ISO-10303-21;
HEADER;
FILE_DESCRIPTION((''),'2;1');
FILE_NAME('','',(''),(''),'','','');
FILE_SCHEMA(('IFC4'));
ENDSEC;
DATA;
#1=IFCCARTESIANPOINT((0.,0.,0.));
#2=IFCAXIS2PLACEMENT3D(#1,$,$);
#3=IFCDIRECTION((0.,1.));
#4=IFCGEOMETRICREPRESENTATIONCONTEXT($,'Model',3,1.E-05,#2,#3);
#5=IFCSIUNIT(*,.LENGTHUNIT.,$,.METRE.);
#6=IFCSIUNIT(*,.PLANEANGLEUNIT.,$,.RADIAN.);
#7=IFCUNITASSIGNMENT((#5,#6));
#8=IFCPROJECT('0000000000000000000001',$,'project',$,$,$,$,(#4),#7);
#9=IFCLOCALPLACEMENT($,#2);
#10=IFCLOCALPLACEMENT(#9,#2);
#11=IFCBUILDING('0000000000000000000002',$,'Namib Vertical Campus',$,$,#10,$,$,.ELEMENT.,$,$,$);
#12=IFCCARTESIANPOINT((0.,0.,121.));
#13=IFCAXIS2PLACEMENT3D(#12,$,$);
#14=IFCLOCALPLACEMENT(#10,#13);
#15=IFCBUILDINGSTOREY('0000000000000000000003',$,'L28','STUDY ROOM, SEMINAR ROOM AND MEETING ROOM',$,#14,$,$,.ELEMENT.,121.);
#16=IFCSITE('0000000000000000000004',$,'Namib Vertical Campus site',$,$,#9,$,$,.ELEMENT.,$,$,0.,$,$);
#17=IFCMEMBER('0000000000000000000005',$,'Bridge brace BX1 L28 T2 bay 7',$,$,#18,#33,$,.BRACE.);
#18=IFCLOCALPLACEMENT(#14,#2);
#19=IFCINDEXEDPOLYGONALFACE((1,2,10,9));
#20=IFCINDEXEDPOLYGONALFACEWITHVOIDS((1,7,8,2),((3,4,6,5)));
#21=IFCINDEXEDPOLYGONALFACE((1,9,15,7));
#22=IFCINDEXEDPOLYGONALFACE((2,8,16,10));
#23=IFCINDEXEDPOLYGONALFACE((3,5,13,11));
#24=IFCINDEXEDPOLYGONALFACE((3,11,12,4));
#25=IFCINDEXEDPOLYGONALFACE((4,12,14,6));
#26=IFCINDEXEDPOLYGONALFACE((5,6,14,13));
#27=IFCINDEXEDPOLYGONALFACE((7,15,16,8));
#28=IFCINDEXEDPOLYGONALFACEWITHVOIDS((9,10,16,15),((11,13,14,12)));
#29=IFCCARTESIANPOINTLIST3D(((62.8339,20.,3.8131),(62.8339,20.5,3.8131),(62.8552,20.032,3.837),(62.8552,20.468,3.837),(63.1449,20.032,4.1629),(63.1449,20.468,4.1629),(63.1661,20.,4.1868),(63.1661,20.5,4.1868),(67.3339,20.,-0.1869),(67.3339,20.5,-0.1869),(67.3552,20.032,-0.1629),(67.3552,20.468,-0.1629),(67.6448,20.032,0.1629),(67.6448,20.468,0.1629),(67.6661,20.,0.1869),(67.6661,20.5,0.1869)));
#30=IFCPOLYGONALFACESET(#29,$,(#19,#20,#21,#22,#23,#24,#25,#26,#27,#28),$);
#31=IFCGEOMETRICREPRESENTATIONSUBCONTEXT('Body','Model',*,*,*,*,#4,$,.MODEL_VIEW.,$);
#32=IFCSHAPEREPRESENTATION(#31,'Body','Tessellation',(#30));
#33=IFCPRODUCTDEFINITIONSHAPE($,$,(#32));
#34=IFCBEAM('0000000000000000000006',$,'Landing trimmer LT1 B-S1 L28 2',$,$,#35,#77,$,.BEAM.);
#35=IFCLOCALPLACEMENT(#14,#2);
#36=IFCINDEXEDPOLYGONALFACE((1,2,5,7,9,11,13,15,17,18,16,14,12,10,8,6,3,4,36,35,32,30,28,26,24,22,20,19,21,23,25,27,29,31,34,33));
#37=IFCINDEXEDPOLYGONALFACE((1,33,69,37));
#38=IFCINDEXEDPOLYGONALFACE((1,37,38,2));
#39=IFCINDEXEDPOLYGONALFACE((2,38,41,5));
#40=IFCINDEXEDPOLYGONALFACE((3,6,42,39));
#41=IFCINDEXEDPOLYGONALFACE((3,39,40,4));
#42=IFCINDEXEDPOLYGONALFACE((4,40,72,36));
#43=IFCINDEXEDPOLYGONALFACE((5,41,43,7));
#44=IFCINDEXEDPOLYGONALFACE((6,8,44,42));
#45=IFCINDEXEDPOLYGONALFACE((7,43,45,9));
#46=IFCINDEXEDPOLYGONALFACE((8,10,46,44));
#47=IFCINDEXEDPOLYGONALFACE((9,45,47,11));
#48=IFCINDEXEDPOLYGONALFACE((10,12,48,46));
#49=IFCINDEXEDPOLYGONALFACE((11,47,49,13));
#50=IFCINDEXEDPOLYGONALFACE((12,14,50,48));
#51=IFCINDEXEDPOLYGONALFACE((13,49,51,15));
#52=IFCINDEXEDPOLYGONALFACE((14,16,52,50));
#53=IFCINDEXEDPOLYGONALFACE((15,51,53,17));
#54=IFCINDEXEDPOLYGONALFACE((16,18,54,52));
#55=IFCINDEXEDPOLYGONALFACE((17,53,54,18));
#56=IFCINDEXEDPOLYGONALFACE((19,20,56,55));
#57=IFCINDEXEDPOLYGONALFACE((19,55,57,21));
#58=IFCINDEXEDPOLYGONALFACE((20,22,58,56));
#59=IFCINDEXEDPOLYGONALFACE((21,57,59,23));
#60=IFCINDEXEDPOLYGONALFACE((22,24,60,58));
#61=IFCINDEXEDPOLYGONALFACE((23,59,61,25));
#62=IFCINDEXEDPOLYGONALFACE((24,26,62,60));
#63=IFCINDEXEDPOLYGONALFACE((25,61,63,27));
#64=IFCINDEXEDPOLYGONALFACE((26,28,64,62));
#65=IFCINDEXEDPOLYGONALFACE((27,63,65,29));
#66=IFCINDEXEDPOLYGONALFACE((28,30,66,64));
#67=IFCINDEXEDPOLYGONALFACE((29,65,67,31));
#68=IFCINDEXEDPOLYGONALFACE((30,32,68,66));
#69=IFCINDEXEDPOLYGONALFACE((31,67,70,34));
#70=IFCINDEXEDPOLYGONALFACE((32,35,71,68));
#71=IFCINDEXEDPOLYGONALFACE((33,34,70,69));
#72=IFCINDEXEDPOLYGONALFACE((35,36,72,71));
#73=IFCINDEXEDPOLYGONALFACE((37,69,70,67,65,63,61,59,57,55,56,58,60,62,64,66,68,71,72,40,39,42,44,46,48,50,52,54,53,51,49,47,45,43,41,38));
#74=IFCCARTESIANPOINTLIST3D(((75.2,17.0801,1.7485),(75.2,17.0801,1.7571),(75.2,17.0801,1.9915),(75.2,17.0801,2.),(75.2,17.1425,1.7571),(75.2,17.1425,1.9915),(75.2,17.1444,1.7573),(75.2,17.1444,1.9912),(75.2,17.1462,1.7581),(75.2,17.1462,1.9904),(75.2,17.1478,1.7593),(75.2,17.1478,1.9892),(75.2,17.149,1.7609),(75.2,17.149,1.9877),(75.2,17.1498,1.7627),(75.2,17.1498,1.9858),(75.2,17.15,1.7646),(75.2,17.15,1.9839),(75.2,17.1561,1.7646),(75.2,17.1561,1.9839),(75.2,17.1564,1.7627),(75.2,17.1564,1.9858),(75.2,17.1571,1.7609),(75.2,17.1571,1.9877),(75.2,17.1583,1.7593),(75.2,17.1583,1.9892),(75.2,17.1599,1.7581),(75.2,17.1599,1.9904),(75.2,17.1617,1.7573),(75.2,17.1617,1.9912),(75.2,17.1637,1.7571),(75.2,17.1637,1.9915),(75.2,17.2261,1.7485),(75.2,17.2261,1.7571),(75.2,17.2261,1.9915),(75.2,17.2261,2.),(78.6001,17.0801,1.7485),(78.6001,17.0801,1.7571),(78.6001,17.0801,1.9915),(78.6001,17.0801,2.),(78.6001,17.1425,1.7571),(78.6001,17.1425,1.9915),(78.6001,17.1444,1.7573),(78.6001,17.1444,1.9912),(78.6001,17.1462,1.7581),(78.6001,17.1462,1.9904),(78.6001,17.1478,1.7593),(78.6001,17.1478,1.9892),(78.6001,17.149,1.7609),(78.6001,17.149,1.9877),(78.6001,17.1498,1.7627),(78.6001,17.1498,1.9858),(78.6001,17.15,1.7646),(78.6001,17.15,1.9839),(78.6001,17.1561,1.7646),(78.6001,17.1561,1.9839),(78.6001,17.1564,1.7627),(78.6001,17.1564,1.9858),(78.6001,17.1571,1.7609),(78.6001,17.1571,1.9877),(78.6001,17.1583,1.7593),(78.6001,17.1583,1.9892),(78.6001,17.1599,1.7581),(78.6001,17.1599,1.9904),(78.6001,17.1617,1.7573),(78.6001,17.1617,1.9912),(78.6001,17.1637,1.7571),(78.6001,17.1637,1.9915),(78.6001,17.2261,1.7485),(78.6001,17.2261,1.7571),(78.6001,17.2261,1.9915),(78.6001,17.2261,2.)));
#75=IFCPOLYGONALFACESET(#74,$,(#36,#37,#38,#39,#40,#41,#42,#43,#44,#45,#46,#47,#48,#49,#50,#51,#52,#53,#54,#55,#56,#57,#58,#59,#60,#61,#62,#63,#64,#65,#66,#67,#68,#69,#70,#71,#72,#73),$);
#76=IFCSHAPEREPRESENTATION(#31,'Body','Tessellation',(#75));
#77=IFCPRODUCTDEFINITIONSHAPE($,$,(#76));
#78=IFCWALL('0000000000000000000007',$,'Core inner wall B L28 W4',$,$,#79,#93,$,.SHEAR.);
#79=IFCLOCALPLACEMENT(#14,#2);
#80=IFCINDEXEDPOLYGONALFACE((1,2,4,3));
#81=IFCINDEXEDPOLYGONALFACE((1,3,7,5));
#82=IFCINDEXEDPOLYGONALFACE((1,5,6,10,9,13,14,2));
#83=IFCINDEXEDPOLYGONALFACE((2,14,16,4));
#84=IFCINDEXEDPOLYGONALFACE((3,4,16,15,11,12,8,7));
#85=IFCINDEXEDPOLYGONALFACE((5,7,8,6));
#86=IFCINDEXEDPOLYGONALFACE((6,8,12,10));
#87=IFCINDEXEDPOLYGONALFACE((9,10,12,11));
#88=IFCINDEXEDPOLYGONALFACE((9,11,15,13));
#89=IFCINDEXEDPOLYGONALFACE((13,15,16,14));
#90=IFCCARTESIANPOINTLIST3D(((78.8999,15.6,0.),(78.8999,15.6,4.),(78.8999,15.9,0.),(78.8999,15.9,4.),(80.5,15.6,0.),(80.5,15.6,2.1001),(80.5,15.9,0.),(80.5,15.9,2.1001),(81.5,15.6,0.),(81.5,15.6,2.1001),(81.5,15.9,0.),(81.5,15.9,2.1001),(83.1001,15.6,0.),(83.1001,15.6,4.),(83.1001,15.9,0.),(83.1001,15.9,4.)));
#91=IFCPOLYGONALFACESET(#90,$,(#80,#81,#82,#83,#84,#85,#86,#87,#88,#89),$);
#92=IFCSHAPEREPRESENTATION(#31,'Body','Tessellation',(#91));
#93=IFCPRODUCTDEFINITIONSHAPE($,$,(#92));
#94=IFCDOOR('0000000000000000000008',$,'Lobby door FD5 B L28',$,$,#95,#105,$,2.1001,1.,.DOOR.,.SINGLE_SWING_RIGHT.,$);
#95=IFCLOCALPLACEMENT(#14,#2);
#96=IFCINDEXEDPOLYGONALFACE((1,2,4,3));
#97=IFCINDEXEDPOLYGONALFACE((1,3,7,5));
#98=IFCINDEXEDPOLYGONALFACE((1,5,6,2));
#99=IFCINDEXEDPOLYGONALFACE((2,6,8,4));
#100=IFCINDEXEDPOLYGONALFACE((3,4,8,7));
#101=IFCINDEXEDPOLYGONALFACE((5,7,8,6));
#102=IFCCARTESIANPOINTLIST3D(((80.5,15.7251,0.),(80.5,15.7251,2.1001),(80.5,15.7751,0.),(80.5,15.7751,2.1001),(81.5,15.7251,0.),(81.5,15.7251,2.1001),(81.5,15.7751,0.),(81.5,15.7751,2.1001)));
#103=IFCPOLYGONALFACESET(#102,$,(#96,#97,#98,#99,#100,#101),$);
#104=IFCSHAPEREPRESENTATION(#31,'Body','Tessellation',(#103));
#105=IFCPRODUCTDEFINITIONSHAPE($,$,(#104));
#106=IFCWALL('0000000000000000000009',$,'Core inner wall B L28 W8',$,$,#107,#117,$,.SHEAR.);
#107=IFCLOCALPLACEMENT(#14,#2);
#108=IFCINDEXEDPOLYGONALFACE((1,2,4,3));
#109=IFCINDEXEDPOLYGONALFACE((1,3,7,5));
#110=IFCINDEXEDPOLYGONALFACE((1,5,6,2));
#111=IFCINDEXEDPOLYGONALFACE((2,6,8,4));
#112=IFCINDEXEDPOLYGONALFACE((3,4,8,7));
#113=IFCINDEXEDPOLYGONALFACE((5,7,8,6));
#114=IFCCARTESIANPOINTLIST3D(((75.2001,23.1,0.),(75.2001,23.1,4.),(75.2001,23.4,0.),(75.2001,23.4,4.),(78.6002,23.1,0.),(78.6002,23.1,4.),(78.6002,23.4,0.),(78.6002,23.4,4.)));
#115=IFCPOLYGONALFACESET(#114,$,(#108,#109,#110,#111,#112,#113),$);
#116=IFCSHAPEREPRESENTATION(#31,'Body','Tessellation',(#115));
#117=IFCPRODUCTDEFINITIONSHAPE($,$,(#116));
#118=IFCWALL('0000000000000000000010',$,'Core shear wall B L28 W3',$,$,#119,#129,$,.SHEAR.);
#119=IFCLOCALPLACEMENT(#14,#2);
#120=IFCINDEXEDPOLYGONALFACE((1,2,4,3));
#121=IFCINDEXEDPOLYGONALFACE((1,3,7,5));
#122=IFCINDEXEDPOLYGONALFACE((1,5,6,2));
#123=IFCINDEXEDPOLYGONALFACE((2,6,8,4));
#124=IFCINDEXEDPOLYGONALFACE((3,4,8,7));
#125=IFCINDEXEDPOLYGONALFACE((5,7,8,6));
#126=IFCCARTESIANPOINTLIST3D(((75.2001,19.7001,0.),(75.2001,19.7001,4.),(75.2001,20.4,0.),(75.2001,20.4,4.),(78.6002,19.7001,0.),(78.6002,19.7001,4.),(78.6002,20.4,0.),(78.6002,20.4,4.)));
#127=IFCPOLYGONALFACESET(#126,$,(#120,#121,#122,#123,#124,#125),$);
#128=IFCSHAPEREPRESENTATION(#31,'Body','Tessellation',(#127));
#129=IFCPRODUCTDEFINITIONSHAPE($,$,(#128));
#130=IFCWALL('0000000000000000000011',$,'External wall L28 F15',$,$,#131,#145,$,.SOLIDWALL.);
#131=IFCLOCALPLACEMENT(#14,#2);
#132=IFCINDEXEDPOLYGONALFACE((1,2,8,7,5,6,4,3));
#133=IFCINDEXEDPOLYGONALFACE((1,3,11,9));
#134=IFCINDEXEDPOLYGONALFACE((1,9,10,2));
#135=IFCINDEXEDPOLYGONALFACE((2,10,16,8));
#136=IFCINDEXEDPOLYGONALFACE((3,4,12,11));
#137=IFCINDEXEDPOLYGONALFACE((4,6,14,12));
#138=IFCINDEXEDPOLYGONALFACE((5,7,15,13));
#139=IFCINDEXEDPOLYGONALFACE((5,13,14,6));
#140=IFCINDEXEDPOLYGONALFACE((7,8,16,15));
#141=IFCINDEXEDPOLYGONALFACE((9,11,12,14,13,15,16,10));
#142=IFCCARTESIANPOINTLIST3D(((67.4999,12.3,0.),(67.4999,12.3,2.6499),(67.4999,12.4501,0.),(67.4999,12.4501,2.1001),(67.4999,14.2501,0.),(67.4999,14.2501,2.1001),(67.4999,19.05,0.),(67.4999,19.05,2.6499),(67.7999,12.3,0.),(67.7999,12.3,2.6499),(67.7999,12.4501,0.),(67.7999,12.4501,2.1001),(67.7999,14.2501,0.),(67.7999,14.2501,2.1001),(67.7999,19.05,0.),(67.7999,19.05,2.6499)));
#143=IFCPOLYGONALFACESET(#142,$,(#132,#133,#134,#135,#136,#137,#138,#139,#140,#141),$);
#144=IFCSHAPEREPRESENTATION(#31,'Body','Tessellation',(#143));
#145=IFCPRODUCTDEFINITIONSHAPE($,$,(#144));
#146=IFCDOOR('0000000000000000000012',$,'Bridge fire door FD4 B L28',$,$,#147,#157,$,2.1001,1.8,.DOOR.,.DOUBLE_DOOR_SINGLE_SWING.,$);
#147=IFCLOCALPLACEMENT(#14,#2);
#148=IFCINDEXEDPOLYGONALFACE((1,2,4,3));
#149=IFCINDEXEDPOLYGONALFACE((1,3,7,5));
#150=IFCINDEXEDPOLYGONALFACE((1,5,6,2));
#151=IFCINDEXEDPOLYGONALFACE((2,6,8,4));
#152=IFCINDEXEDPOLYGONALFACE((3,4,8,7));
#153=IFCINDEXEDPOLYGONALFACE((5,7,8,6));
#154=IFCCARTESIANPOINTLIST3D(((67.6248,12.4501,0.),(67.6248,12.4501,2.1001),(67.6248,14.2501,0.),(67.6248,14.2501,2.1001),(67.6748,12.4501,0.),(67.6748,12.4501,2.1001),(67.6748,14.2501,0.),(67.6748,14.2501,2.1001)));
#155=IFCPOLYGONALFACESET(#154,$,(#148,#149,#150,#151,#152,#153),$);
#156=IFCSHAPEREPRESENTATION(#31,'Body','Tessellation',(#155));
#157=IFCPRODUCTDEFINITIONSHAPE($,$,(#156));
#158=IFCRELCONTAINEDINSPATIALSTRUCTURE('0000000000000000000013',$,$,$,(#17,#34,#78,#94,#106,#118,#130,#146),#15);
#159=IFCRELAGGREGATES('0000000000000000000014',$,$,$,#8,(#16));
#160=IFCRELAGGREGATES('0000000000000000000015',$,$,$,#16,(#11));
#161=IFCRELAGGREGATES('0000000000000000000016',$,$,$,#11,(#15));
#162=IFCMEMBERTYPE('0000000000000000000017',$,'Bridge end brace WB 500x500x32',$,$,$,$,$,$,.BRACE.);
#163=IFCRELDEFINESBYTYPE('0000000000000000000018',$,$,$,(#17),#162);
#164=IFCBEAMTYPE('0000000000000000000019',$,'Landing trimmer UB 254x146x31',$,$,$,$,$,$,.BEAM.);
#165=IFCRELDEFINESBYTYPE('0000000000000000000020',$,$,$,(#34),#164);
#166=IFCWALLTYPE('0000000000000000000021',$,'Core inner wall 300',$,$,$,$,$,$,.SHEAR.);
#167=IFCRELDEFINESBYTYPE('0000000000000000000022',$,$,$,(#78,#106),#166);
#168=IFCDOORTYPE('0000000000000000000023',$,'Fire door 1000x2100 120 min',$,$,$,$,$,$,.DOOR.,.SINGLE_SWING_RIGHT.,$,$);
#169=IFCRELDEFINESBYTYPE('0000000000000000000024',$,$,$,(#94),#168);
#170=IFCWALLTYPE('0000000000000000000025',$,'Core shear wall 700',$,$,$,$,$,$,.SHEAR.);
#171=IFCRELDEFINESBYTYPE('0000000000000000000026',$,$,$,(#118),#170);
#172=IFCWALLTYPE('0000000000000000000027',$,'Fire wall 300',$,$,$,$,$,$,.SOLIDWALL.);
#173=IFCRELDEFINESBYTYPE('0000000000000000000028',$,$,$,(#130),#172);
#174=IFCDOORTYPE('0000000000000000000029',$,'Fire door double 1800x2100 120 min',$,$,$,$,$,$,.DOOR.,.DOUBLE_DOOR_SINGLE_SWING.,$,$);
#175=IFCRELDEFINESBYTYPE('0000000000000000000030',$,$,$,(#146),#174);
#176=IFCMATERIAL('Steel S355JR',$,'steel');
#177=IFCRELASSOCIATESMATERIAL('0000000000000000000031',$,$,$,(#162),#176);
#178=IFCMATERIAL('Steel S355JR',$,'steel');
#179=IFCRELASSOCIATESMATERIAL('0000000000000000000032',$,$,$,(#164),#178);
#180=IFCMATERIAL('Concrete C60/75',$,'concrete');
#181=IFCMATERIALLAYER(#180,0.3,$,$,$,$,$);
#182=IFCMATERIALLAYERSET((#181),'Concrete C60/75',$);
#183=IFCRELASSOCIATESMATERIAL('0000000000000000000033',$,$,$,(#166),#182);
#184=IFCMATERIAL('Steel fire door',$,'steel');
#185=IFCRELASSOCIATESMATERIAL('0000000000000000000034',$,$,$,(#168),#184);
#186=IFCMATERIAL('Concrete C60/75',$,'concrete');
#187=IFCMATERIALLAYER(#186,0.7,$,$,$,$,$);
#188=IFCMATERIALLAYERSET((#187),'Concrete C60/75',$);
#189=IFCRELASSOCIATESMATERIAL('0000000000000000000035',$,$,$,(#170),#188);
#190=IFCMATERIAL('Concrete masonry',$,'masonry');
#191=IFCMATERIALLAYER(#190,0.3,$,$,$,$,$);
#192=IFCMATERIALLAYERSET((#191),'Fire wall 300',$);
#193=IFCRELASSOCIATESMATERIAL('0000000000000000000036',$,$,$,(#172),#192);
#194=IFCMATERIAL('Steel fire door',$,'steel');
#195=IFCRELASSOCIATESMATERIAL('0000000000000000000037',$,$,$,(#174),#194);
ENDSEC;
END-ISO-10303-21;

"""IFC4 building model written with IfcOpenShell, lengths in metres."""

from ifc_helpers import new_model, si_unit, direction, frame, frame_2d, origin, origin_2d, place, context, subcontext, project, spatial, rectangle, hollow_rectangle, i_section, extrude, material, layer, layer_set, material_profile, profile_set, type_object, element, fill, save


model = new_model("IFC4")

# Units and contexts
model_context = context("Model", 3, precision=1e-05, world=origin(), true_north=direction((0.0, 1.0)))
body_context = subcontext(model_context, "Body", "Model", "MODEL_VIEW")
ifc_project = project(units=[si_unit("LENGTHUNIT", "METRE"), si_unit("PLANEANGLEUNIT", "RADIAN")], contexts=[model_context])

# Site, building, storey
site_placement = place(None, origin())
site = spatial("IfcSite", under=ifc_project, at=site_placement, Name="Namib Vertical Campus site", CompositionType="ELEMENT", RefElevation=0.0)
building_placement = place(site_placement, origin())
building = spatial("IfcBuilding", under=site, at=building_placement, Name="Namib Vertical Campus", CompositionType="ELEMENT")
storey_placement = place(building_placement, frame((0.0, 0.0, 121.0)))
storey = spatial("IfcBuildingStorey", under=building, at=storey_placement, Name="L28", Description="STUDY ROOM, SEMINAR ROOM AND MEETING ROOM", CompositionType="ELEMENT", Elevation=121.0)

# Member
ifc_material_1 = material(Name="Steel S355JR", Category="steel")
ifc_material_profile_1 = material_profile(ifc_material_1, hollow_rectangle(XDim=0.5, YDim=0.5, WallThickness=0.032, at=origin_2d()))
ifc_profile_set_1 = profile_set([ifc_material_profile_1], Name="Steel S355JR")
member_type = type_object("IfcMemberType", Name="Bridge end brace WB 500x500x32", PredefinedType="BRACE", material=ifc_profile_set_1)
member_placement = place(storey_placement, frame((67.5, 20.25, 0.0), z_axis=(-0.747409, 0.0, 0.664364), x_axis=(0.0, -1.0, 0.0)))
element("IfcMember", 1, at=member_placement, inside=storey, type_object=member_type, Name="Bridge brace BX1 L28 T2 bay 7", PredefinedType="BRACE", context=body_context, shape_type="SweptSolid", body=[
    extrude(hollow_rectangle(XDim=0.5, YDim=0.5, WallThickness=0.032, at=origin_2d()), origin(), (0.0, 0.0, 1.0), 6.0208),
])

# Beam
ifc_material_2 = material(Name="Steel S355JR", Category="steel")
ifc_material_profile_2 = material_profile(ifc_material_2, i_section(OverallWidth=0.146, OverallDepth=0.2515, WebThickness=0.0061, FlangeThickness=0.0085, FilletRadius=0.0076, at=origin_2d()))
ifc_profile_set_2 = profile_set([ifc_material_profile_2], Name="Steel S355JR")
beam_type = type_object("IfcBeamType", Name="Landing trimmer UB 254x146x31", PredefinedType="BEAM", material=ifc_profile_set_2)
beam_placement = place(storey_placement, frame((75.2, 17.1531, 1.8743), z_axis=(1.0, 0.0, 0.0), x_axis=(0.0, 1.0, 0.0)))
element("IfcBeam", 2, at=beam_placement, inside=storey, type_object=beam_type, Name="Landing trimmer LT1 B-S1 L28 2", PredefinedType="BEAM", context=body_context, shape_type="SweptSolid", body=[
    extrude(i_section(OverallWidth=0.146, OverallDepth=0.2515, WebThickness=0.0061, FlangeThickness=0.0085, FilletRadius=0.0076, at=origin_2d()), origin(), (0.0, 0.0, 1.0), 3.4001),
])

# Wall, opening, door
ifc_material_3 = material(Name="Concrete C60/75", Category="concrete")
ifc_layer_1 = layer(ifc_material_3, 0.3)
ifc_layer_set_1 = layer_set([ifc_layer_1], Name="Concrete C60/75")
wall_type_1 = type_object("IfcWallType", Name="Core inner wall 300", PredefinedType="SHEAR", material=ifc_layer_set_1)
wall_1_placement = place(storey_placement, frame((78.8999, 15.75, 0.0), z_axis=(0.0, 0.0, 1.0), x_axis=(1.0, 0.0, 0.0)))
wall_1 = element("IfcWall", 3, at=wall_1_placement, inside=storey, type_object=wall_type_1, Name="Core inner wall B L28 W4", PredefinedType="SHEAR", context=body_context, shape_type="SweptSolid", body=[
    extrude(rectangle(XDim=4.2002, YDim=0.3, at=frame_2d((2.1001, 0.0))), origin(), (0.0, 0.0, 1.0), 4.0),
])
opening_1_placement = place(wall_1_placement, frame((1.6001, 0.0, 0.0)))
opening_1 = element("IfcOpeningElement", 4, at=opening_1_placement, cuts=wall_1, PredefinedType="OPENING", context=body_context, shape_type="SweptSolid", body=[
    extrude(rectangle(XDim=1.0, YDim=2.1001, at=frame_2d((0.5, 1.05))), frame((0.0, 0.1599, 0.0), z_axis=(0.0, -1.0, 0.0), x_axis=(1.0, 0.0, 0.0)), (0.0, 0.0, 1.0), 0.3201),
])
ifc_material_4 = material(Name="Steel fire door", Category="steel")
door_type_1 = type_object("IfcDoorType", Name="Fire door 1000x2100 120 min", OperationType="SINGLE_SWING_RIGHT", PredefinedType="DOOR", material=ifc_material_4)
door_1_placement = place(opening_1_placement, frame((1.0, 0.0, 0.0), z_axis=(0.0, 0.0, 1.0), x_axis=(-1.0, 0.0, 0.0)))
door_1 = element("IfcDoor", 5, at=door_1_placement, inside=storey, type_object=door_type_1, Name="Lobby door FD5 B L28", OperationType="SINGLE_SWING_RIGHT", OverallHeight=2.1001, OverallWidth=1.0, PredefinedType="DOOR", context=body_context, shape_type="SweptSolid", body=[
    extrude(rectangle(XDim=1.0, YDim=2.1001, at=frame_2d((0.5, 1.05))), frame((0.0, 0.0249, 0.0), z_axis=(0.0, -1.0, 0.0), x_axis=(1.0, 0.0, 0.0)), (0.0, 0.0, 1.0), 0.05),
])
fill(opening_1, door_1)

# Walls
wall_2_placement = place(storey_placement, frame((75.2, 23.25, 0.0), z_axis=(0.0, 0.0, 1.0), x_axis=(1.0, 0.0, 0.0)))
element("IfcWall", 6, at=wall_2_placement, inside=storey, type_object=wall_type_1, Name="Core inner wall B L28 W8", PredefinedType="SHEAR", context=body_context, shape_type="SweptSolid", body=[
    extrude(rectangle(XDim=3.4001, YDim=0.3, at=frame_2d((1.7002, 0.0))), origin(), (0.0, 0.0, 1.0), 4.0),
])
ifc_material_5 = material(Name="Concrete C60/75", Category="concrete")
ifc_layer_2 = layer(ifc_material_5, 0.7)
ifc_layer_set_2 = layer_set([ifc_layer_2], Name="Concrete C60/75")
wall_type_2 = type_object("IfcWallType", Name="Core shear wall 700", PredefinedType="SHEAR", material=ifc_layer_set_2)
wall_3_placement = place(storey_placement, frame((75.2, 20.05, 0.0), z_axis=(0.0, 0.0, 1.0), x_axis=(1.0, 0.0, 0.0)))
element("IfcWall", 7, at=wall_3_placement, inside=storey, type_object=wall_type_2, Name="Core shear wall B L28 W3", PredefinedType="SHEAR", context=body_context, shape_type="SweptSolid", body=[
    extrude(rectangle(XDim=3.4001, YDim=0.7, at=frame_2d((1.7002, 0.0))), origin(), (0.0, 0.0, 1.0), 4.0),
])

# Wall, opening, door
ifc_material_6 = material(Name="Concrete masonry", Category="masonry")
ifc_layer_3 = layer(ifc_material_6, 0.3)
ifc_layer_set_3 = layer_set([ifc_layer_3], Name="Fire wall 300")
wall_type_3 = type_object("IfcWallType", Name="Fire wall 300", PredefinedType="SOLIDWALL", material=ifc_layer_set_3)
wall_4_placement = place(storey_placement, frame((67.6499, 19.05, 0.0), z_axis=(0.0, 0.0, 1.0), x_axis=(0.0, -1.0, 0.0)))
wall_4 = element("IfcWall", 8, at=wall_4_placement, inside=storey, type_object=wall_type_3, Name="External wall L28 F15", PredefinedType="SOLIDWALL", context=body_context, shape_type="SweptSolid", body=[
    extrude(rectangle(XDim=6.75, YDim=0.3, at=frame_2d((3.375, 0.0))), origin(), (0.0, 0.0, 1.0), 2.6499),
])
opening_2_placement = place(wall_4_placement, frame((4.8, 0.0, 0.0)))
opening_2 = element("IfcOpeningElement", 9, at=opening_2_placement, cuts=wall_4, PredefinedType="OPENING", context=body_context, shape_type="SweptSolid", body=[
    extrude(rectangle(XDim=1.8, YDim=2.1001, at=frame_2d((0.8999, 1.05))), frame((0.0, 0.1599, 0.0), z_axis=(0.0, -1.0, 0.0), x_axis=(1.0, 0.0, 0.0)), (0.0, 0.0, 1.0), 0.3201),
])
ifc_material_7 = material(Name="Steel fire door", Category="steel")
door_type_2 = type_object("IfcDoorType", Name="Fire door double 1800x2100 120 min", OperationType="DOUBLE_DOOR_SINGLE_SWING", PredefinedType="DOOR", material=ifc_material_7)
door_2_placement = place(opening_2_placement, origin())
door_2 = element("IfcDoor", 10, at=door_2_placement, inside=storey, type_object=door_type_2, Name="Bridge fire door FD4 B L28", OperationType="DOUBLE_DOOR_SINGLE_SWING", OverallHeight=2.1001, OverallWidth=1.8, PredefinedType="DOOR", context=body_context, shape_type="SweptSolid", body=[
    extrude(rectangle(XDim=1.8, YDim=2.1001, at=frame_2d((0.8999, 1.05))), frame((0.0, 0.0249, 0.0), z_axis=(0.0, -1.0, 0.0), x_axis=(1.0, 0.0, 0.0)), (0.0, 0.0, 1.0), 0.05),
])
fill(opening_2, door_2)

save(model, "model.ifc")
